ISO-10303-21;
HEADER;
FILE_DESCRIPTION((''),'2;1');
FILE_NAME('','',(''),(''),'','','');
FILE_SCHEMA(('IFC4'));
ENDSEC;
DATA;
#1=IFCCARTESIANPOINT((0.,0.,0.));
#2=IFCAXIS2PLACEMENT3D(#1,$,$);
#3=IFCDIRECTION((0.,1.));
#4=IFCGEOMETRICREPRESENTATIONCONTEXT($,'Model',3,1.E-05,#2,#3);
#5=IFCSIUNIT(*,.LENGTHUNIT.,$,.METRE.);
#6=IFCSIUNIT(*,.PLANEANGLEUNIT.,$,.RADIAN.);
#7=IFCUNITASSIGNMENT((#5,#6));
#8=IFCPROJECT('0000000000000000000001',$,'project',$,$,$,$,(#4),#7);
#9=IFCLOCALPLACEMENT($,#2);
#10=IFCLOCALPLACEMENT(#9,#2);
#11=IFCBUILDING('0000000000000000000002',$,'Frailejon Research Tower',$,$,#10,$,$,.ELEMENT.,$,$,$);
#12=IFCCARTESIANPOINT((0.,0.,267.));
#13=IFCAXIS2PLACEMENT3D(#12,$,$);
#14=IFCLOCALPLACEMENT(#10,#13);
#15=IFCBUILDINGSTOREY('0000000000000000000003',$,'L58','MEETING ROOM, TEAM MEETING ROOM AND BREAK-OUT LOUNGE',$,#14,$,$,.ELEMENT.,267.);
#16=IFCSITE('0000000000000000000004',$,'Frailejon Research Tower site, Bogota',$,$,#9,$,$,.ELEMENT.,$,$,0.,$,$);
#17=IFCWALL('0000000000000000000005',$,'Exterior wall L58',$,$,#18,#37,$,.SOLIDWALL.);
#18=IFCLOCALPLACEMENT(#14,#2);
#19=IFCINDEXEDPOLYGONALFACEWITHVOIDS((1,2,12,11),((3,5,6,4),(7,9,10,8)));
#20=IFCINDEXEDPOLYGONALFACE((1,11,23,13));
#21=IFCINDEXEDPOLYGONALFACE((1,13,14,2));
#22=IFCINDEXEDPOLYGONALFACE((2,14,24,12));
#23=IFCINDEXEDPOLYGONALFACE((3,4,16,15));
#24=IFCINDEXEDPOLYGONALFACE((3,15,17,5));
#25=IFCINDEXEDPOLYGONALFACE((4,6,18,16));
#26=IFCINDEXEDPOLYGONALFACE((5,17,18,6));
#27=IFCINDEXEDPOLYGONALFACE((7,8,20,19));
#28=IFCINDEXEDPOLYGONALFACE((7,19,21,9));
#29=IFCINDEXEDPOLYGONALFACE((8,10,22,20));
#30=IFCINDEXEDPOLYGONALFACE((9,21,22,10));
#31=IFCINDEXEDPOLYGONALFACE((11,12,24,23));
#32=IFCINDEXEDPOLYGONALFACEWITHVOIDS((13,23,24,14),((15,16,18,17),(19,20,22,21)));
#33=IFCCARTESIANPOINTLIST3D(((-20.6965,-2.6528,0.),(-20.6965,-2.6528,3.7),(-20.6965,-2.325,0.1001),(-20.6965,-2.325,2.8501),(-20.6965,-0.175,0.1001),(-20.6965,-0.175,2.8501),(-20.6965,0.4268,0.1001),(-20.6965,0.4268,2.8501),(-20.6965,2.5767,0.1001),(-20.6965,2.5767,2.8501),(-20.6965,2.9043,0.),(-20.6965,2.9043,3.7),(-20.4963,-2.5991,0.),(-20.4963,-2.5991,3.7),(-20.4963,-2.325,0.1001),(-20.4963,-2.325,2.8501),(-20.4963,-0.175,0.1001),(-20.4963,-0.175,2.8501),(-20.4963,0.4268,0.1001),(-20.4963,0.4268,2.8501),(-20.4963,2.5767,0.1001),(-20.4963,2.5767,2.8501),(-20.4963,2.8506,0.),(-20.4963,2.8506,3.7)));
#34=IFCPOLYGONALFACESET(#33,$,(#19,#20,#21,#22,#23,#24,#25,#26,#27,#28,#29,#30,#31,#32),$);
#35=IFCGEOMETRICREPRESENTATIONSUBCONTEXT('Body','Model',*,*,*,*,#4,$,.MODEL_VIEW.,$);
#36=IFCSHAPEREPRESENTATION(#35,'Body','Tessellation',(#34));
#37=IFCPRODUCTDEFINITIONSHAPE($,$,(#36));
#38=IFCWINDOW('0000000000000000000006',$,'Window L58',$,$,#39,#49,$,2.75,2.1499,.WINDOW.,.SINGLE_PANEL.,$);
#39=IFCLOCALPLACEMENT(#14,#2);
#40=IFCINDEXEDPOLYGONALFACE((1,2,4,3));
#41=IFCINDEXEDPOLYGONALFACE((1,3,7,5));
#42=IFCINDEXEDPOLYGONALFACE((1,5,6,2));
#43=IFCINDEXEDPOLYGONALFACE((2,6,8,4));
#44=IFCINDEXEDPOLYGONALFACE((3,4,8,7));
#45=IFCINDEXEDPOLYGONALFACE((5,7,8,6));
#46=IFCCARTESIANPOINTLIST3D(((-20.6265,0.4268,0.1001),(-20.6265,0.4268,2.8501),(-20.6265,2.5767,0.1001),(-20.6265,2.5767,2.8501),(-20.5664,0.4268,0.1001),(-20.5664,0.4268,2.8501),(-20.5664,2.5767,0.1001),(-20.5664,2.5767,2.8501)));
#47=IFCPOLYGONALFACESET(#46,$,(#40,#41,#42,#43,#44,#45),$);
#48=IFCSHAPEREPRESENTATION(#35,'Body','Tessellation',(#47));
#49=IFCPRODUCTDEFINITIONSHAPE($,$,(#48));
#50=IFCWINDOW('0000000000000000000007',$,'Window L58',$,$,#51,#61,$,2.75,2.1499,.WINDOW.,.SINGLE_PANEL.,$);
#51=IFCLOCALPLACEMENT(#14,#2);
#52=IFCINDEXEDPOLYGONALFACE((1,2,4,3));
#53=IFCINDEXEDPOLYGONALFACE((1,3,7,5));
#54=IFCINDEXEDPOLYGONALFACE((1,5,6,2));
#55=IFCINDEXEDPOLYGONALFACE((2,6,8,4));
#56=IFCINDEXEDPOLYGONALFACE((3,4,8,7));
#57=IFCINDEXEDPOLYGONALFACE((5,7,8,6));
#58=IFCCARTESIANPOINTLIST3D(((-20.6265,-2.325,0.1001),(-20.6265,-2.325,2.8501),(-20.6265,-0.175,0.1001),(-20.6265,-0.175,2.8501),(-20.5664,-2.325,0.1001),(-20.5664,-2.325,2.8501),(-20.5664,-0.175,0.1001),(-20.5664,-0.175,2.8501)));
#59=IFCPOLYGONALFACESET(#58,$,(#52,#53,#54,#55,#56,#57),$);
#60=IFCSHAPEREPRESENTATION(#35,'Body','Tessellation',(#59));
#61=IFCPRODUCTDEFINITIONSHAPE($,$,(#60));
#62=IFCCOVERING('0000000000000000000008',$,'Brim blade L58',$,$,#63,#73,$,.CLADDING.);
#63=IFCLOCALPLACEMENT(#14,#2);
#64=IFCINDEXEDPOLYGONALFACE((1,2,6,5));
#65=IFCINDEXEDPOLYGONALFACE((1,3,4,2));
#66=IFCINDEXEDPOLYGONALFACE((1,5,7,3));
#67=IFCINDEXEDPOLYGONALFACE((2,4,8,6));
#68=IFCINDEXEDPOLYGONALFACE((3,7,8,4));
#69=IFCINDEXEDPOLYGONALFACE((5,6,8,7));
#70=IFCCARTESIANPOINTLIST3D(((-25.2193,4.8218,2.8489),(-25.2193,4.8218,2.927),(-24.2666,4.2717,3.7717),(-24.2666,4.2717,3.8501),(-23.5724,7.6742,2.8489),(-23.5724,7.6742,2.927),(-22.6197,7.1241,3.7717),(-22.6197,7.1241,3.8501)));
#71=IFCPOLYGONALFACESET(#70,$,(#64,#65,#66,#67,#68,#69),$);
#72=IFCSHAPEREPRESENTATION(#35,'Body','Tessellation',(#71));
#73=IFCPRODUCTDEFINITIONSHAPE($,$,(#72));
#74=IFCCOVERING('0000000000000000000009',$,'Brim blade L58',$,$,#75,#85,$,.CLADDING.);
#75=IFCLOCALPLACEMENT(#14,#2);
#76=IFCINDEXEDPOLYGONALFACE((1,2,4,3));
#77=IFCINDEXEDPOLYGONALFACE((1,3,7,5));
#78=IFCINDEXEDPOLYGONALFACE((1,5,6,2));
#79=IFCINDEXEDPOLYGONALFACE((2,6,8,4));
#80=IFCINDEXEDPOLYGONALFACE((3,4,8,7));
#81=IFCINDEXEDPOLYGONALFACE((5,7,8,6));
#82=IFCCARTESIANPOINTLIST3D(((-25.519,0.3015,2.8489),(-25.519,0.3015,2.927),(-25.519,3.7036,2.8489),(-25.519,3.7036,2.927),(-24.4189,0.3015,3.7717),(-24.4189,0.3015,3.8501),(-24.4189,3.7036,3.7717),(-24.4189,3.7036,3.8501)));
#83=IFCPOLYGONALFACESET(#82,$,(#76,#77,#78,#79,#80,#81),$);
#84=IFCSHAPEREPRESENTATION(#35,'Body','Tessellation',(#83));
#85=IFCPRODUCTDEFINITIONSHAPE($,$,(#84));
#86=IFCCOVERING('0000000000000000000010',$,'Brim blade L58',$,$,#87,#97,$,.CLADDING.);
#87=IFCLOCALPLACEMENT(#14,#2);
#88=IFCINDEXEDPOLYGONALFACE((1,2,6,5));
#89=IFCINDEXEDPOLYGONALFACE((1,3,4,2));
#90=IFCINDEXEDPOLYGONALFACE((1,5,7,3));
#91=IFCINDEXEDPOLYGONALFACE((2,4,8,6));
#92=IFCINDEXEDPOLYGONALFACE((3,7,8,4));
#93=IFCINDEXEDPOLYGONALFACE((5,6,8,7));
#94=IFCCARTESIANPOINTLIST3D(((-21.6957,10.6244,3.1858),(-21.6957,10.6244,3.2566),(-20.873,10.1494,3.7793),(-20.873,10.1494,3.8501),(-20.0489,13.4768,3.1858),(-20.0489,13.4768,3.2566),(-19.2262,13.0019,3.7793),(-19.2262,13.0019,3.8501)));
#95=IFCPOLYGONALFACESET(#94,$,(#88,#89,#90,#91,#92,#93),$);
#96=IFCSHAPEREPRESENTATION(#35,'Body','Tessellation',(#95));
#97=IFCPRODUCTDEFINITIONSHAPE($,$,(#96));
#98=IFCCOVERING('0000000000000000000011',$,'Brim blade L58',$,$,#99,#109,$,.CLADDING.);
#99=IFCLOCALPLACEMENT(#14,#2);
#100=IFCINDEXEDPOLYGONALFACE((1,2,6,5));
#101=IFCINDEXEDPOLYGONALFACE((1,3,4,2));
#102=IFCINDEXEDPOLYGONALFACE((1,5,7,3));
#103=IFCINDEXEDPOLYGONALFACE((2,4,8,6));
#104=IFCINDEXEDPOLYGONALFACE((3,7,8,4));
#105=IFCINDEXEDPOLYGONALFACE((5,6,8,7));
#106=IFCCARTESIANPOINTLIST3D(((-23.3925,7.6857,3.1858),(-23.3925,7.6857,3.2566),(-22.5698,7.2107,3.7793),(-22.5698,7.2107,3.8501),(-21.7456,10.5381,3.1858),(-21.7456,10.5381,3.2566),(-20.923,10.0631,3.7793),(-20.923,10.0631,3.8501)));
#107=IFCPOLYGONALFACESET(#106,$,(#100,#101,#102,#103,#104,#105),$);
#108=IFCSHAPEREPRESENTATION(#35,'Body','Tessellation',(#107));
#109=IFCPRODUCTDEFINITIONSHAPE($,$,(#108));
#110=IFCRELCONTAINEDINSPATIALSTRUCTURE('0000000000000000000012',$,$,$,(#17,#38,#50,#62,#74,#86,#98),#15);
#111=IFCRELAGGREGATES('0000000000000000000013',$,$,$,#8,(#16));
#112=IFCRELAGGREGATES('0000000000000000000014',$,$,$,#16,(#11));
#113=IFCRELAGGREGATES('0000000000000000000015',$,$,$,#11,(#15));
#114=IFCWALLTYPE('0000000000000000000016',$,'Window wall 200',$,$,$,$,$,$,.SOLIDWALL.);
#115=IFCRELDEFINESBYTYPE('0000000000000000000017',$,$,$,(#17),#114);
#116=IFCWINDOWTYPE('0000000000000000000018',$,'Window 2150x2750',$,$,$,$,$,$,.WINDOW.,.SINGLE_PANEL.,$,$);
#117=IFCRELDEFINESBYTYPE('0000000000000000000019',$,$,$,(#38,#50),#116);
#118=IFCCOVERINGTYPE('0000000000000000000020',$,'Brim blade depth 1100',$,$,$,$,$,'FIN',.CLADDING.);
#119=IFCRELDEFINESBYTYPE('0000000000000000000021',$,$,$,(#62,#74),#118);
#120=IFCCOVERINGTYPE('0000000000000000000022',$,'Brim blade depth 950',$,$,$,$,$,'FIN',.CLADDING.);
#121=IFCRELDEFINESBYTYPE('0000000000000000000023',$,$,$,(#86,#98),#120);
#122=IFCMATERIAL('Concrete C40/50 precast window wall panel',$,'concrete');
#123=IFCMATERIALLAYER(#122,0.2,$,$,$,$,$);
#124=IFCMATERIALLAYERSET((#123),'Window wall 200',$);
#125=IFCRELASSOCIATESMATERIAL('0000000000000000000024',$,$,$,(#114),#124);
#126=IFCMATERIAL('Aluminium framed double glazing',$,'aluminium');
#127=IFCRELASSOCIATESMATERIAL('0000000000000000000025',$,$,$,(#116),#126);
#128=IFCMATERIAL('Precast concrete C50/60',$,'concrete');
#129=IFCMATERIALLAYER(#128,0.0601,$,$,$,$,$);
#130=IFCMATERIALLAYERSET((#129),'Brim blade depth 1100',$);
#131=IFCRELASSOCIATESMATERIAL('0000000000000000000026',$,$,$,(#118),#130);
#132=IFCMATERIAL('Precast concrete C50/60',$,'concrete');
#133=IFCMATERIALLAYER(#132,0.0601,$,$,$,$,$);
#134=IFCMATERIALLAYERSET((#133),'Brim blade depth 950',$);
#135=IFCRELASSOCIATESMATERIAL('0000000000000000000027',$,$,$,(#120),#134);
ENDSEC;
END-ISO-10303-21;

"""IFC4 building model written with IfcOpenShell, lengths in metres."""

from ifc_helpers import new_model, si_unit, direction, frame, frame_2d, origin, place, context, subcontext, project, spatial, polyline, rectangle, outline, extrude, material, layer, layer_set, type_object, element, fill, save


model = new_model("IFC4")

# Units and contexts
model_context = context("Model", 3, precision=1e-05, world=origin(), true_north=direction((0.0, 1.0)))
body_context = subcontext(model_context, "Body", "Model", "MODEL_VIEW")
ifc_project = project(units=[si_unit("LENGTHUNIT", "METRE"), si_unit("PLANEANGLEUNIT", "RADIAN")], contexts=[model_context])

# Site, building, storey
site_placement = place(None, origin())
site = spatial("IfcSite", under=ifc_project, at=site_placement, Name="Frailejon Research Tower site, Bogota", CompositionType="ELEMENT", RefElevation=0.0)
building_placement = place(site_placement, origin())
building = spatial("IfcBuilding", under=site, at=building_placement, Name="Frailejon Research Tower", CompositionType="ELEMENT")
storey_placement = place(building_placement, frame((0.0, 0.0, 267.0)))
storey = spatial("IfcBuildingStorey", under=building, at=storey_placement, Name="L58", Description="MEETING ROOM, TEAM MEETING ROOM AND BREAK-OUT LOUNGE", CompositionType="ELEMENT", Elevation=267.0)

# Wall, openings, windows
ifc_material_1 = material(Name="Concrete C40/50 precast window wall panel", Category="concrete")
ifc_layer_1 = layer(ifc_material_1, 0.2)
ifc_layer_set_1 = layer_set([ifc_layer_1], Name="Window wall 200")
wall_type = type_object("IfcWallType", Name="Window wall 200", PredefinedType="SOLIDWALL", material=ifc_layer_set_1)
wall_placement = place(storey_placement, frame((-20.5964, 2.8774, 0.0), z_axis=(0.0, 0.0, 1.0), x_axis=(0.0, -1.0, 0.0)))
wall = element("IfcWall", 1, at=wall_placement, inside=storey, type_object=wall_type, Name="Exterior wall L58", PredefinedType="SOLIDWALL", context=body_context, shape_type="SweptSolid", body=[
    extrude(outline(polyline([(-0.0269, -0.1001), (1.0845, -0.1001), (2.196, -0.1001), (3.3074, -0.1001), (4.4189, -0.1001), (5.5303, -0.1001), (5.4766, 0.1001), (4.3867, 0.1001), (3.2966, 0.1001), (2.2068, 0.1001), (1.1167, 0.1001), (0.0269, 0.1001), (-0.0269, -0.1001)])), origin(), (0.0, 0.0, 1.0), 3.7),
])
opening_1_placement = place(wall_placement, frame((0.3008, 0.0, 0.1001)))
opening_1 = element("IfcOpeningElement", 2, at=opening_1_placement, cuts=wall, PredefinedType="OPENING", context=body_context, shape_type="SweptSolid", body=[
    extrude(rectangle(XDim=2.1499, YDim=2.75, at=frame_2d((1.075, 1.375))), frame((0.0, 0.1099, 0.0), z_axis=(0.0, -1.0, 0.0), x_axis=(1.0, 0.0, 0.0)), (0.0, 0.0, 1.0), 0.22),
])
opening_2_placement = place(wall_placement, frame((3.0525, 0.0, 0.1001)))
opening_2 = element("IfcOpeningElement", 3, at=opening_2_placement, cuts=wall, PredefinedType="OPENING", context=body_context, shape_type="SweptSolid", body=[
    extrude(rectangle(XDim=2.1499, YDim=2.75, at=frame_2d((1.075, 1.375))), frame((0.0, 0.1099, 0.0), z_axis=(0.0, -1.0, 0.0), x_axis=(1.0, 0.0, 0.0)), (0.0, 0.0, 1.0), 0.22),
])
ifc_material_2 = material(Name="Aluminium framed double glazing", Category="aluminium")
window_type = type_object("IfcWindowType", Name="Window 2150x2750", PartitioningType="SINGLE_PANEL", PredefinedType="WINDOW", material=ifc_material_2)
window_1_placement = place(opening_1_placement, origin())
window_1 = element("IfcWindow", 4, at=window_1_placement, inside=storey, type_object=window_type, Name="Window L58", OverallHeight=2.75, OverallWidth=2.1499, PartitioningType="SINGLE_PANEL", PredefinedType="WINDOW", context=body_context, shape_type="SweptSolid", body=[
    extrude(rectangle(XDim=2.1499, YDim=2.75, at=frame_2d((1.075, 1.375))), frame((0.0, 0.03, 0.0), z_axis=(0.0, -1.0, 0.0), x_axis=(1.0, 0.0, 0.0)), (0.0, 0.0, 1.0), 0.0601),
])
fill(opening_1, window_1)
window_2_placement = place(opening_2_placement, origin())
window_2 = element("IfcWindow", 5, at=window_2_placement, inside=storey, type_object=window_type, Name="Window L58", OverallHeight=2.75, OverallWidth=2.1499, PartitioningType="SINGLE_PANEL", PredefinedType="WINDOW", context=body_context, shape_type="SweptSolid", body=[
    extrude(rectangle(XDim=2.1499, YDim=2.75, at=frame_2d((1.075, 1.375))), frame((0.0, 0.03, 0.0), z_axis=(0.0, -1.0, 0.0), x_axis=(1.0, 0.0, 0.0)), (0.0, 0.0, 1.0), 0.0601),
])
fill(opening_2, window_2)

# Coverings
ifc_material_3 = material(Name="Precast concrete C50/60", Category="concrete")
ifc_layer_2 = layer(ifc_material_3, 0.0601)
ifc_layer_set_2 = layer_set([ifc_layer_2], Name="Brim blade depth 1100")
covering_type_1 = type_object("IfcCoveringType", Name="Brim blade depth 1100", ElementType="FIN", PredefinedType="CLADDING", material=ifc_layer_set_2)
covering_1_placement = place(storey_placement, frame((-24.2666, 4.2717, 3.8501), z_axis=(0.500006, 0.866022, 0.0), x_axis=(-0.866022, 0.500006, 0.0)))
element("IfcCovering", 6, at=covering_1_placement, inside=storey, type_object=covering_type_1, Name="Brim blade L58", PredefinedType="CLADDING", context=body_context, shape_type="SweptSolid", body=[
    extrude(outline(polyline([(0.0, -0.0784), (1.1001, -1.0012), (1.1001, -0.9231), (0.0, 0.0), (0.0, -0.0784)])), origin(), (0.0, 0.0, 1.0), 3.2937),
])
covering_2_placement = place(storey_placement, frame((-24.4189, 0.3015, 3.8501), z_axis=(0.0, 1.0, 0.0), x_axis=(-1.0, 0.0, 0.0)))
element("IfcCovering", 7, at=covering_2_placement, inside=storey, type_object=covering_type_1, Name="Brim blade L58", PredefinedType="CLADDING", context=body_context, shape_type="SweptSolid", body=[
    extrude(outline(polyline([(0.0, -0.0784), (1.1001, -1.0012), (1.1001, -0.9231), (0.0, 0.0), (0.0, -0.0784)])), origin(), (0.0, 0.0, 1.0), 3.4021),
])
ifc_material_4 = material(Name="Precast concrete C50/60", Category="concrete")
ifc_layer_3 = layer(ifc_material_4, 0.0601)
ifc_layer_set_3 = layer_set([ifc_layer_3], Name="Brim blade depth 950")
covering_type_2 = type_object("IfcCoveringType", Name="Brim blade depth 950", ElementType="FIN", PredefinedType="CLADDING", material=ifc_layer_set_3)
for number, where, z_axis, x_axis, name in (
    (8, (-20.873, 10.1494, 3.8501), (0.499993, 0.86603, 0.0), (-0.86603, 0.499993, 0.0), "Brim blade L58"),
    (9, (-22.5698, 7.2107, 3.8501), (0.500006, 0.866022, 0.0), (-0.866022, 0.500006, 0.0), "Brim blade L58"),
):
    element("IfcCovering", number, at=place(storey_placement, frame(where, z_axis=z_axis, x_axis=x_axis)), inside=storey, type_object=covering_type_2, Name=name, PredefinedType="CLADDING", context=body_context, shape_type="SweptSolid", body=[
        extrude(outline(polyline([(0.0, -0.0708), (0.95, -0.6643), (0.95, -0.5935), (0.0, 0.0), (0.0, -0.0708)])), origin(), (0.0, 0.0, 1.0), 3.2937),
    ])

save(model, "model.ifc")
